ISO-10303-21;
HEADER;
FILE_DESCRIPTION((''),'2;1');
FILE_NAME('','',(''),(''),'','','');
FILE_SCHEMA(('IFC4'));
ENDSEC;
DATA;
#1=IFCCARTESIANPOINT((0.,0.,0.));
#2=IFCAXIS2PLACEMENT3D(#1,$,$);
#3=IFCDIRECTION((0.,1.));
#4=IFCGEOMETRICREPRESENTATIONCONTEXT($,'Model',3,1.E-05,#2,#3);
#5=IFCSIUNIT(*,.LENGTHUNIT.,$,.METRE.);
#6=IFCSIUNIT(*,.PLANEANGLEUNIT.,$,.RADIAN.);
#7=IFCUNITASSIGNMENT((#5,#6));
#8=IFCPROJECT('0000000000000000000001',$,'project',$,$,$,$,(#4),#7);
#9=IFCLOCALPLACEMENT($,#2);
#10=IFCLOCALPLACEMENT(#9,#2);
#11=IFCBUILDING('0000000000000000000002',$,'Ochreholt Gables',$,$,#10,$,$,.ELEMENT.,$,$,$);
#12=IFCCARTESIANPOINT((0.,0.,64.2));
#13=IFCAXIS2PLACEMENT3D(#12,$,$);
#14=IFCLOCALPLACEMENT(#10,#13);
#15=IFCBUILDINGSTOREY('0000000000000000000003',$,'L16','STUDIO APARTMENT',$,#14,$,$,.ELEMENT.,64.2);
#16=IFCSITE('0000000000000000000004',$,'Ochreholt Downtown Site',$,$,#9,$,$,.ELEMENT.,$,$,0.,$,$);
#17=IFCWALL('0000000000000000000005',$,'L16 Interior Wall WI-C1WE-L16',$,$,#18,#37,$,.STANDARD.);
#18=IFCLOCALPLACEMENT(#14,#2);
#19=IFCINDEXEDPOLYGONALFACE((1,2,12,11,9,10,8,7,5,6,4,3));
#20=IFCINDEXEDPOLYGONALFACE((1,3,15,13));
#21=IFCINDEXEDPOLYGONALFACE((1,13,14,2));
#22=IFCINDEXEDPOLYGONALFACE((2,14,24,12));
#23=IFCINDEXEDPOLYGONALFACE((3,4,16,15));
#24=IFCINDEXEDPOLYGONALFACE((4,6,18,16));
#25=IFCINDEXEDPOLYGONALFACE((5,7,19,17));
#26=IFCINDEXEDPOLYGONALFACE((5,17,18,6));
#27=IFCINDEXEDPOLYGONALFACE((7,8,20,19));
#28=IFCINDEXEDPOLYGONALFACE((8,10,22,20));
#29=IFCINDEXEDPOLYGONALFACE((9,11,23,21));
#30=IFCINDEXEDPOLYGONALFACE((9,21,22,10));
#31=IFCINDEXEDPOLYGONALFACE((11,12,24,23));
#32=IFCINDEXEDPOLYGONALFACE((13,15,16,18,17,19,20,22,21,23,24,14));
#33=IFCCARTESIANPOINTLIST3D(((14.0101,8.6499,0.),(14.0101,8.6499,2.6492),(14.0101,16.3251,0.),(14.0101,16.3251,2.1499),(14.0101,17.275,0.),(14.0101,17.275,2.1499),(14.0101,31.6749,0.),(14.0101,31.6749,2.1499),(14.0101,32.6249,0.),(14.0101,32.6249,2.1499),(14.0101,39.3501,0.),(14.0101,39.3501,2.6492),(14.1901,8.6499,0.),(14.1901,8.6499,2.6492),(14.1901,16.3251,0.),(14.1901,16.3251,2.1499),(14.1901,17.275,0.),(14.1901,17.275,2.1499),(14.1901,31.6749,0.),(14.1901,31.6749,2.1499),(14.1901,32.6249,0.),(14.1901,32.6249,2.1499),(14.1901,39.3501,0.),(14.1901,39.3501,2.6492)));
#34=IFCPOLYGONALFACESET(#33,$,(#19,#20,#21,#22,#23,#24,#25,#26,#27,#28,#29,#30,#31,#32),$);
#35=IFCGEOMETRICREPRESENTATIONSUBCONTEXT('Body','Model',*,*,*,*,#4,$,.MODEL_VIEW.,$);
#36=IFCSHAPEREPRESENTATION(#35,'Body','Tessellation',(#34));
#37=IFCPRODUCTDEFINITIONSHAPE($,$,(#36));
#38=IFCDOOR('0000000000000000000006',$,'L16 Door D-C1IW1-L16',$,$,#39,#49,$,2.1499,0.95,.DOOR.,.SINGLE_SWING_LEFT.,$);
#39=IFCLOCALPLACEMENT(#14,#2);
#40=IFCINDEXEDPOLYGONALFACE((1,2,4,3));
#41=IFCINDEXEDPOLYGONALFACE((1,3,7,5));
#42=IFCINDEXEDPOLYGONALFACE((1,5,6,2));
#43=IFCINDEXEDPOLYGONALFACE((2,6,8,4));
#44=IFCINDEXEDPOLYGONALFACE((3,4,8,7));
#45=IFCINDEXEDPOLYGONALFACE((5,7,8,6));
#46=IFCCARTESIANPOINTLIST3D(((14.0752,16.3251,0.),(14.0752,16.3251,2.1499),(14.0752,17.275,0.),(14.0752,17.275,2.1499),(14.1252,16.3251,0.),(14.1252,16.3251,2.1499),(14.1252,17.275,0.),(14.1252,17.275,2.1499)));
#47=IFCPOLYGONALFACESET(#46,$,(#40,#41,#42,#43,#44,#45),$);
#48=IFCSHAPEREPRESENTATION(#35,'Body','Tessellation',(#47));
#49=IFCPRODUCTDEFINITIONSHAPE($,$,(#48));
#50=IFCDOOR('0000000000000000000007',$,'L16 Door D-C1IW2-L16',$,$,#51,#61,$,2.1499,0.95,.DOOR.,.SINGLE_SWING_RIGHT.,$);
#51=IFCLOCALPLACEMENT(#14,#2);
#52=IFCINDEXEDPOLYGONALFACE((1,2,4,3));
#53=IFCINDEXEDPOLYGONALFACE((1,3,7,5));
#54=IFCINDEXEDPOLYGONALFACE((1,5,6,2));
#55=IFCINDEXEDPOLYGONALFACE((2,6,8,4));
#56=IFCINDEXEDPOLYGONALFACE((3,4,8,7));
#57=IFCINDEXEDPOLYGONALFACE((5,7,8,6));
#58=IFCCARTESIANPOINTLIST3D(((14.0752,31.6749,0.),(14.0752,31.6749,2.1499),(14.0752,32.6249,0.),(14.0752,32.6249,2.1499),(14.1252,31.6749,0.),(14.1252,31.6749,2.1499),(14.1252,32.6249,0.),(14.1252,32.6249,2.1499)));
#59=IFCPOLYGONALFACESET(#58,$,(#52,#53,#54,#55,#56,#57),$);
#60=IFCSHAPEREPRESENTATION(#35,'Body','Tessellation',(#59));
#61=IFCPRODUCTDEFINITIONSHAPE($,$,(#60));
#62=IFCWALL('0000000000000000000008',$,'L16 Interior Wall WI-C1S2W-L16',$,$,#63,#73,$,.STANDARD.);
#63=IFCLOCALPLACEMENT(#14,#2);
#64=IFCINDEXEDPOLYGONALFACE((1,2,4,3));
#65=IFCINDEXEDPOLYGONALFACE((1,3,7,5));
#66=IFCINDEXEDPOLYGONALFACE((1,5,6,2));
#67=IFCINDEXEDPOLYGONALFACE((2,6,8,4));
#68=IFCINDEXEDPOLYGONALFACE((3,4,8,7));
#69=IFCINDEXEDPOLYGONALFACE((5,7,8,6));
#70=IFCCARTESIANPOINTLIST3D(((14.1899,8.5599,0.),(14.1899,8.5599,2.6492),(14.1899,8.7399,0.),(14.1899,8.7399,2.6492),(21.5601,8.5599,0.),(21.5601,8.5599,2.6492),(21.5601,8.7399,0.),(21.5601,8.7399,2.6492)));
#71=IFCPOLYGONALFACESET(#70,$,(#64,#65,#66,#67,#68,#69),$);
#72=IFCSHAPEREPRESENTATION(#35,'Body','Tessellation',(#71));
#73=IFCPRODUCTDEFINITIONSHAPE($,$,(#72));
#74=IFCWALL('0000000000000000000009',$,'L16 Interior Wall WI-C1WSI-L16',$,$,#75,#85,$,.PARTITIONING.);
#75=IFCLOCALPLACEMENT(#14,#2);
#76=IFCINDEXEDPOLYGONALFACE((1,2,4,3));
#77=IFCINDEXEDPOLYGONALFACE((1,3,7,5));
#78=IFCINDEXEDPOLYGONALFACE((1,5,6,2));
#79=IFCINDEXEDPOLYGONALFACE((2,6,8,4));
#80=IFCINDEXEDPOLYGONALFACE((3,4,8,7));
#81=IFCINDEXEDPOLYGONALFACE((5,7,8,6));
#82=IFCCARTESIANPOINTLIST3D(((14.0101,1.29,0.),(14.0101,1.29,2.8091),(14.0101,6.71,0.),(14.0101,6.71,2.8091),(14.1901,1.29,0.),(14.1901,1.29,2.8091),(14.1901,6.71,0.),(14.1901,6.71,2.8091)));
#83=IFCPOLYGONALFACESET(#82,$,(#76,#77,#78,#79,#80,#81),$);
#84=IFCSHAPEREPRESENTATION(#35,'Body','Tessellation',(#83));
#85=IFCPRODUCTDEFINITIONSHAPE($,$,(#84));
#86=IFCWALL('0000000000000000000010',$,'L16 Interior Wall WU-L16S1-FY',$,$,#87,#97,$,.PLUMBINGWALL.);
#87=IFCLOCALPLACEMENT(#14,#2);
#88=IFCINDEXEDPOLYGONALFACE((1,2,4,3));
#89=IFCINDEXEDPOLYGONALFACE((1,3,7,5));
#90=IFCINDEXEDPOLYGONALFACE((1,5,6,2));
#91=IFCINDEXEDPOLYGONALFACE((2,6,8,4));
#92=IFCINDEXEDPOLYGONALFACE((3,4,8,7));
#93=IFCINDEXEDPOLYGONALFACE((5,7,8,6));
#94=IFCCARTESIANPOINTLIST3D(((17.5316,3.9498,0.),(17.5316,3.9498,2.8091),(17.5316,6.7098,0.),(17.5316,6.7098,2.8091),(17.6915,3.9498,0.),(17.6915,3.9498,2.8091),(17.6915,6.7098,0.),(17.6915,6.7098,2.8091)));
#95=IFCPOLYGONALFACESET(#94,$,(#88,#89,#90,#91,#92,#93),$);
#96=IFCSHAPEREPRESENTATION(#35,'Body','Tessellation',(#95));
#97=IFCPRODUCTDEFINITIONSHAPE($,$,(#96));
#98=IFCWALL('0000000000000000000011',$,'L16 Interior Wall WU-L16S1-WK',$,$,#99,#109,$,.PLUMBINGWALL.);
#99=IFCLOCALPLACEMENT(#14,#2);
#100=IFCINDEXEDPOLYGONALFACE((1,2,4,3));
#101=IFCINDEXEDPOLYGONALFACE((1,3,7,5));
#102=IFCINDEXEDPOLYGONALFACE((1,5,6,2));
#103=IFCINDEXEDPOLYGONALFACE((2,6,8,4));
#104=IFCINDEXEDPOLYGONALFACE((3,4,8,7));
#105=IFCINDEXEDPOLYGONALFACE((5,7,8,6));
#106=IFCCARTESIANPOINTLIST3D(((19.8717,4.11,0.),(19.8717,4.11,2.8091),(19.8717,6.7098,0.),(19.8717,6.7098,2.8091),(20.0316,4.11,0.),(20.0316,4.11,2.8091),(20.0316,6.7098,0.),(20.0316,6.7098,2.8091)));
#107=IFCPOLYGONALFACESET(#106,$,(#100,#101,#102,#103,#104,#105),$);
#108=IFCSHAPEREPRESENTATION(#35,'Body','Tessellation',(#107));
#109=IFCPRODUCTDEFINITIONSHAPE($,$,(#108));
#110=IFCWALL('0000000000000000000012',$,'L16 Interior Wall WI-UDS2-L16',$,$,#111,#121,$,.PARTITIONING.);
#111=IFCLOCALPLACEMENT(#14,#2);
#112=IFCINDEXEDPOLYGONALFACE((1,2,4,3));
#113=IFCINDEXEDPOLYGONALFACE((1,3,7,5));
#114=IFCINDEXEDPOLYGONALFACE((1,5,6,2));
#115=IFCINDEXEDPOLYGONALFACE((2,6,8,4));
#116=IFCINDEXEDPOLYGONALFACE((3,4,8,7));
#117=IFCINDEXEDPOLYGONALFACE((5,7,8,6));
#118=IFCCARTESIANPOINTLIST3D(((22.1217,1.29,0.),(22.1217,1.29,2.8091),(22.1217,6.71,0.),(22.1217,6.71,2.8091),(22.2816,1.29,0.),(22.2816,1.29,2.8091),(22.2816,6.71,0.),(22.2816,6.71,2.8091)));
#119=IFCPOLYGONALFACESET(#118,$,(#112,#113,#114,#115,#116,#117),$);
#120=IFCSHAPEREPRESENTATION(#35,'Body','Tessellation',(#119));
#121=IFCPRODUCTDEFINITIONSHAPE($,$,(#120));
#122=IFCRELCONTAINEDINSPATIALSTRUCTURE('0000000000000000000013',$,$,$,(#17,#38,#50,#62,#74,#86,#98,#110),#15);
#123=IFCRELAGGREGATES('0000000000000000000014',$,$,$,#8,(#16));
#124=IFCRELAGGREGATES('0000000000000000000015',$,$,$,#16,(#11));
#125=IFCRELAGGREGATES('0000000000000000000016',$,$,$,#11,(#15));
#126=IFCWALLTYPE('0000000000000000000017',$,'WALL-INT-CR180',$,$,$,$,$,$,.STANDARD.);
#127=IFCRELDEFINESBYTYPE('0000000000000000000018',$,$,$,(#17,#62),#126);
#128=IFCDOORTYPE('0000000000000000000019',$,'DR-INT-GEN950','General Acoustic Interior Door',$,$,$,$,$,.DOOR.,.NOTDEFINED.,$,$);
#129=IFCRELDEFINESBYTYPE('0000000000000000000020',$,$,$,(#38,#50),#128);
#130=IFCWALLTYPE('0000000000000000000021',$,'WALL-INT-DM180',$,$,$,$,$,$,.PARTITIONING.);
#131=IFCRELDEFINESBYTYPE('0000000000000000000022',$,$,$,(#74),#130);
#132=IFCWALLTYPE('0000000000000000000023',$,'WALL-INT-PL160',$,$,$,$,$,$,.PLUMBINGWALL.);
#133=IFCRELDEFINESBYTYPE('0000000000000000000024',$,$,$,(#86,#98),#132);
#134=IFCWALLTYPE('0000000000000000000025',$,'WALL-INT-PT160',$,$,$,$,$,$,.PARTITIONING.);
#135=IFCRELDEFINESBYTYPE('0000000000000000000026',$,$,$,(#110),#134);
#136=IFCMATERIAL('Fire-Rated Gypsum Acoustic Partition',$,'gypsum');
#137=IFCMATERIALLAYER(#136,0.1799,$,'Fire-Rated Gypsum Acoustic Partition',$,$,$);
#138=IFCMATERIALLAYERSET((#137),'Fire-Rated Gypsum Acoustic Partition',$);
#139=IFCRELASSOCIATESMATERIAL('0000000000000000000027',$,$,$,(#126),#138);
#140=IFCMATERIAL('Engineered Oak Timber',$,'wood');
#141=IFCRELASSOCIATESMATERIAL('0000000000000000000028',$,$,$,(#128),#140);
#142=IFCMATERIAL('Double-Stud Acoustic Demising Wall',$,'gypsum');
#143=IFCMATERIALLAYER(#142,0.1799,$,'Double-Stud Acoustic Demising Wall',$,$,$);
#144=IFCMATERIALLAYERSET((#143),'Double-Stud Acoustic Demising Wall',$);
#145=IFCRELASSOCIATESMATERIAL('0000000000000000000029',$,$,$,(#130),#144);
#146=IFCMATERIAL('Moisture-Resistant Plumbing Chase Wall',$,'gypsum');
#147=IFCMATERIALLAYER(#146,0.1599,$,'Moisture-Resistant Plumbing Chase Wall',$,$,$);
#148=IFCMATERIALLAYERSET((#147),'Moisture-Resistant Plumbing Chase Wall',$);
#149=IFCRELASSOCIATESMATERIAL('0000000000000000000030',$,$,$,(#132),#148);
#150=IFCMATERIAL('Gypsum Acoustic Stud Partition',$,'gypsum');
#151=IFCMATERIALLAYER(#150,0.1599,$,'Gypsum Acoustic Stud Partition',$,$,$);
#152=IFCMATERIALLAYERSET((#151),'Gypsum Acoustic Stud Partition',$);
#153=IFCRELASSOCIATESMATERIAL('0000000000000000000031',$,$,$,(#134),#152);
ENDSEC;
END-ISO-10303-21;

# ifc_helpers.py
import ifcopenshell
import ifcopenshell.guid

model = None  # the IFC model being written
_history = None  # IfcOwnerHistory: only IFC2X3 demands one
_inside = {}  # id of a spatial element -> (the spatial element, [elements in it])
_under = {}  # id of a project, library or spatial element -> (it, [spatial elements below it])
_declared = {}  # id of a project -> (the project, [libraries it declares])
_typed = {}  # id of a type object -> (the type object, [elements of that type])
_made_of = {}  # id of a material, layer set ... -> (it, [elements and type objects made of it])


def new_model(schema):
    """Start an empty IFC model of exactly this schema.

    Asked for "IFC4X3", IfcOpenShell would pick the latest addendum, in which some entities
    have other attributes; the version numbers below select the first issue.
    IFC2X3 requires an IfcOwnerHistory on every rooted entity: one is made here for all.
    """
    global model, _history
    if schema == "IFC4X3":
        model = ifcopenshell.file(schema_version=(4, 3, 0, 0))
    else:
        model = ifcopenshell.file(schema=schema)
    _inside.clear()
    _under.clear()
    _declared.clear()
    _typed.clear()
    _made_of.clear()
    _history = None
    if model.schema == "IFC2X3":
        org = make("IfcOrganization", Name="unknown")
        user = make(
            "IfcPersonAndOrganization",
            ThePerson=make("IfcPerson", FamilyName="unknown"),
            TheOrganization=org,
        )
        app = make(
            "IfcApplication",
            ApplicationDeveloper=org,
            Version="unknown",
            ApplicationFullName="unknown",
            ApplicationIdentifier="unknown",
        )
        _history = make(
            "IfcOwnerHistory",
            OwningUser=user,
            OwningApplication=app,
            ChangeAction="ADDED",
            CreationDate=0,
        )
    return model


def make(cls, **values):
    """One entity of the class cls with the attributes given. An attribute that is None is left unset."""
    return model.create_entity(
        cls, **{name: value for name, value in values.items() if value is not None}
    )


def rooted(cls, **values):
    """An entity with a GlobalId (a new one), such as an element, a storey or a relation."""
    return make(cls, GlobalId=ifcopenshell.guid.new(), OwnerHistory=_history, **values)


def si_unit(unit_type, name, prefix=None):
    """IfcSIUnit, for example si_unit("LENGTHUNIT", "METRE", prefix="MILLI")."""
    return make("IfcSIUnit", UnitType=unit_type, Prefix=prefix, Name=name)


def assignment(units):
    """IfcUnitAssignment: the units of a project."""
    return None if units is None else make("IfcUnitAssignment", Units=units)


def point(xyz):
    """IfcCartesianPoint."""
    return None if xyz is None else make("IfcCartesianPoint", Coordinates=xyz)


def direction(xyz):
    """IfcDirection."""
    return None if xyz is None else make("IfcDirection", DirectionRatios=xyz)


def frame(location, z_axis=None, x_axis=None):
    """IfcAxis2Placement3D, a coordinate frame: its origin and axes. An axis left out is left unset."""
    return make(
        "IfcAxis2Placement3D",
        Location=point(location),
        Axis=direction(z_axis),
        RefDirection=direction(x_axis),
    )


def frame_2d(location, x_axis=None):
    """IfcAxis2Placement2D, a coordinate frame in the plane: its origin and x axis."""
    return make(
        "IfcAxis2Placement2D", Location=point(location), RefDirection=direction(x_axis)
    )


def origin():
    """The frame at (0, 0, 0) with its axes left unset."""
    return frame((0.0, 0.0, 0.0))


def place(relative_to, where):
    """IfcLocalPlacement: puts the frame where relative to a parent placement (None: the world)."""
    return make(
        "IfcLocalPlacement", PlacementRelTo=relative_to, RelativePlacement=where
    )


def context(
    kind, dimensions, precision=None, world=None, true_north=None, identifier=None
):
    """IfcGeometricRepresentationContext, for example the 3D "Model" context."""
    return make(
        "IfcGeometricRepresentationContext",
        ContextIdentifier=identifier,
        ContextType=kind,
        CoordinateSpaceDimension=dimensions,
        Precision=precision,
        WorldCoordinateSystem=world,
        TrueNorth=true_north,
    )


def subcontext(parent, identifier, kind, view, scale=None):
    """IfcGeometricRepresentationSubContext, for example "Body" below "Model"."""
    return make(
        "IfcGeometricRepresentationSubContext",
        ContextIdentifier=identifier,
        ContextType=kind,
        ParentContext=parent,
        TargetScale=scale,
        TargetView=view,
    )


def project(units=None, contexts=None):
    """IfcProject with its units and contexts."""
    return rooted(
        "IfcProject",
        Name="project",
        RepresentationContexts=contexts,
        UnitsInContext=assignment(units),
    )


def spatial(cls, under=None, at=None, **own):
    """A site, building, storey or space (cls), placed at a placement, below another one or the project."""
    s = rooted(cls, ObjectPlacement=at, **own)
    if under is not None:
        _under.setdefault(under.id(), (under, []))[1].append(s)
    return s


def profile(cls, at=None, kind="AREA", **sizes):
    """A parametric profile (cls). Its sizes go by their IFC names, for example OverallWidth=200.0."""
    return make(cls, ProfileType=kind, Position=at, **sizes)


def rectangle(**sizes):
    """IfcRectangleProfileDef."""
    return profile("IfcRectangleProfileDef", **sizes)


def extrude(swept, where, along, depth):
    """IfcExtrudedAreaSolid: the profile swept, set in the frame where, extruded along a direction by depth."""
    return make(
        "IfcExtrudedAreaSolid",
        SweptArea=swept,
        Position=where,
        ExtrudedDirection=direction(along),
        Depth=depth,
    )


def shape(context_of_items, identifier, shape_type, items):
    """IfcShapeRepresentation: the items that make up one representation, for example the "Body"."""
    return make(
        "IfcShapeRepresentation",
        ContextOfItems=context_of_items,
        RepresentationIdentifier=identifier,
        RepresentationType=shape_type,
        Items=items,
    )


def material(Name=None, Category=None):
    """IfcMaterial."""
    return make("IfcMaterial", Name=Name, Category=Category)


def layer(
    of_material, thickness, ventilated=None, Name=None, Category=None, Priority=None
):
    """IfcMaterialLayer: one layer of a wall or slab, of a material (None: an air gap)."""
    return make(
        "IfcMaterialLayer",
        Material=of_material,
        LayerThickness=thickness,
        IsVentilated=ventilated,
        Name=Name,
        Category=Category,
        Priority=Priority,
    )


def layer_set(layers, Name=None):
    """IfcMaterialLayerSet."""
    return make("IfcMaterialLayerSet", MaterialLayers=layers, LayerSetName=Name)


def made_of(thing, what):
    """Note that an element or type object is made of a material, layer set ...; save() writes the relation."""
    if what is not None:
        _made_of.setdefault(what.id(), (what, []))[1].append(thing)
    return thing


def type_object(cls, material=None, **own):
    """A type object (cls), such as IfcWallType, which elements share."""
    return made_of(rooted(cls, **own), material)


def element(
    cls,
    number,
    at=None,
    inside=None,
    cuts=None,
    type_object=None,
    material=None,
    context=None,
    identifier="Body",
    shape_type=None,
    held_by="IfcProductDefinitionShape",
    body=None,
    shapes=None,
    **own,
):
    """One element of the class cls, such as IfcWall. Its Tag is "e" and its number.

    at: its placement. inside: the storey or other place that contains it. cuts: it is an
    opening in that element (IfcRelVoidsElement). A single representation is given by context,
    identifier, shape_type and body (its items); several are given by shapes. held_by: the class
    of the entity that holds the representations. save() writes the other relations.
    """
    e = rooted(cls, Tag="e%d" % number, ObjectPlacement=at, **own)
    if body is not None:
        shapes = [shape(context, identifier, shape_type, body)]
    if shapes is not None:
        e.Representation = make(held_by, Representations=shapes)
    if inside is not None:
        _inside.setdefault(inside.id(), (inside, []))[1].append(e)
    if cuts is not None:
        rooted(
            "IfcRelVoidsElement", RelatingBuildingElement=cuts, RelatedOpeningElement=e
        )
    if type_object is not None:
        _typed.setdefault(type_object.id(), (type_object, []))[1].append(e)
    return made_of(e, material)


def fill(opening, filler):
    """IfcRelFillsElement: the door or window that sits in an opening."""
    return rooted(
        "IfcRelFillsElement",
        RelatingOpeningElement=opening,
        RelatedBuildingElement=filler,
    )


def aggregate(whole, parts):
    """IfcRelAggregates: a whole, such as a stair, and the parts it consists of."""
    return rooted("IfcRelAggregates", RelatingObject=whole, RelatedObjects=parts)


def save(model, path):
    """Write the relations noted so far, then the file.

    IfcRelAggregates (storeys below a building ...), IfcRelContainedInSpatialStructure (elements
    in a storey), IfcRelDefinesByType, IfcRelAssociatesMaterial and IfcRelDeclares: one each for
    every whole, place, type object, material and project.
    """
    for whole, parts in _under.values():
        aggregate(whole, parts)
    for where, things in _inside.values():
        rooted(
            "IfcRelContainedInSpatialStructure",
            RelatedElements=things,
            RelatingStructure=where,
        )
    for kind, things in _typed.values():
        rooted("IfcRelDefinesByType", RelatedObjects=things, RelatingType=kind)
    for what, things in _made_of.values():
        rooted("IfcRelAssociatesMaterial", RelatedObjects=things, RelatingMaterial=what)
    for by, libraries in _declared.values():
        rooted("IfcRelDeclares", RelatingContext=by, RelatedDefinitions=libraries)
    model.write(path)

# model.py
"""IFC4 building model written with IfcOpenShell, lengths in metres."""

from ifc_helpers import new_model, si_unit, direction, frame, frame_2d, origin, place, context, subcontext, project, spatial, rectangle, extrude, material, layer, layer_set, type_object, element, fill, save


model = new_model("IFC4")

# Units and contexts
model_context = context("Model", 3, precision=1e-05, world=origin(), true_north=direction((0.0, 1.0)))
body_context = subcontext(model_context, "Body", "Model", "MODEL_VIEW")
ifc_project = project(units=[si_unit("LENGTHUNIT", "METRE"), si_unit("PLANEANGLEUNIT", "RADIAN")], contexts=[model_context])

# Site, building, storey
site_placement = place(None, origin())
site = spatial("IfcSite", under=ifc_project, at=site_placement, Name="Ochreholt Downtown Site", CompositionType="ELEMENT", RefElevation=0.0)
building_placement = place(site_placement, origin())
building = spatial("IfcBuilding", under=site, at=building_placement, Name="Ochreholt Gables", CompositionType="ELEMENT")
storey_placement = place(building_placement, frame((0.0, 0.0, 64.2)))
storey = spatial("IfcBuildingStorey", under=building, at=storey_placement, Name="L16", Description="STUDIO APARTMENT", CompositionType="ELEMENT", Elevation=64.2)

# Shared definitions
ifc_material_1 = material(Name="Fire-Rated Gypsum Acoustic Partition", Category="gypsum")
ifc_layer_1 = layer(ifc_material_1, 0.1799, Name="Fire-Rated Gypsum Acoustic Partition")
ifc_layer_set_1 = layer_set([ifc_layer_1], Name="Fire-Rated Gypsum Acoustic Partition")
wall_type_1 = type_object("IfcWallType", Name="WALL-INT-CR180", PredefinedType="STANDARD", material=ifc_layer_set_1)

# Shared definitions
ifc_material_2 = material(Name="Engineered Oak Timber", Category="wood")
door_type_1 = type_object("IfcDoorType", Name="DR-INT-GEN950", Description="General Acoustic Interior Door", OperationType="NOTDEFINED", PredefinedType="DOOR", material=ifc_material_2)

# Wall, openings, doors
wall_1_placement = place(storey_placement, frame((14.1001, 8.6499, 0.0), z_axis=(0.0, 0.0, 1.0), x_axis=(0.0, 1.0, 0.0)))
wall_1 = element("IfcWall", 1, at=wall_1_placement, inside=storey, type_object=wall_type_1, Name="L16 Interior Wall WI-C1WE-L16", PredefinedType="STANDARD", context=body_context, shape_type="SweptSolid", body=[
    extrude(rectangle(XDim=30.7002, YDim=0.1799, at=frame_2d((15.3501, 0.0))), origin(), (0.0, 0.0, 1.0), 2.6492),
])
opening_1_placement = place(wall_1_placement, frame((7.675, 0.0, 0.0)))
opening_1 = element("IfcOpeningElement", 2, at=opening_1_placement, cuts=wall_1, PredefinedType="OPENING", context=body_context, shape_type="SweptSolid", body=[
    extrude(rectangle(XDim=0.95, YDim=2.1499, at=frame_2d((0.4751, 1.075))), frame((0.0, 0.0999, 0.0), z_axis=(0.0, -1.0, 0.0), x_axis=(1.0, 0.0, 0.0)), (0.0, 0.0, 1.0), 0.2),
])
opening_2_placement = place(wall_1_placement, frame((23.0249, 0.0, 0.0)))
opening_2 = element("IfcOpeningElement", 3, at=opening_2_placement, cuts=wall_1, PredefinedType="OPENING", context=body_context, shape_type="SweptSolid", body=[
    extrude(rectangle(XDim=0.95, YDim=2.1499, at=frame_2d((0.4751, 1.075))), frame((0.0, 0.0999, 0.0), z_axis=(0.0, -1.0, 0.0), x_axis=(1.0, 0.0, 0.0)), (0.0, 0.0, 1.0), 0.2),
])
door_1_placement = place(opening_1_placement, origin())
door_1 = element("IfcDoor", 4, at=door_1_placement, inside=storey, type_object=door_type_1, Name="L16 Door D-C1IW1-L16", OperationType="SINGLE_SWING_LEFT", OverallHeight=2.1499, OverallWidth=0.95, PredefinedType="DOOR", context=body_context, shape_type="SweptSolid", body=[
    extrude(rectangle(XDim=0.95, YDim=2.1499, at=frame_2d((0.4751, 1.075))), frame((0.0, 0.0249, 0.0), z_axis=(0.0, -1.0, 0.0), x_axis=(1.0, 0.0, 0.0)), (0.0, 0.0, 1.0), 0.05),
])
fill(opening_1, door_1)
door_2_placement = place(opening_2_placement, origin())
door_2 = element("IfcDoor", 5, at=door_2_placement, inside=storey, type_object=door_type_1, Name="L16 Door D-C1IW2-L16", OperationType="SINGLE_SWING_RIGHT", OverallHeight=2.1499, OverallWidth=0.95, PredefinedType="DOOR", context=body_context, shape_type="SweptSolid", body=[
    extrude(rectangle(XDim=0.95, YDim=2.1499, at=frame_2d((0.4751, 1.075))), frame((0.0, 0.0249, 0.0), z_axis=(0.0, -1.0, 0.0), x_axis=(1.0, 0.0, 0.0)), (0.0, 0.0, 1.0), 0.05),
])
fill(opening_2, door_2)

# Walls
wall_2_placement = place(storey_placement, frame((14.1899, 8.6499, 0.0), z_axis=(0.0, 0.0, 1.0), x_axis=(1.0, 0.0, 0.0)))
element("IfcWall", 6, at=wall_2_placement, inside=storey, type_object=wall_type_1, Name="L16 Interior Wall WI-C1S2W-L16", PredefinedType="STANDARD", context=body_context, shape_type="SweptSolid", body=[
    extrude(rectangle(XDim=7.3701, YDim=0.1799, at=frame_2d((3.6851, 0.0))), origin(), (0.0, 0.0, 1.0), 2.6492),
])
ifc_material_3 = material(Name="Double-Stud Acoustic Demising Wall", Category="gypsum")
ifc_layer_2 = layer(ifc_material_3, 0.1799, Name="Double-Stud Acoustic Demising Wall")
ifc_layer_set_2 = layer_set([ifc_layer_2], Name="Double-Stud Acoustic Demising Wall")
wall_type_2 = type_object("IfcWallType", Name="WALL-INT-DM180", PredefinedType="PARTITIONING", material=ifc_layer_set_2)
wall_3_placement = place(storey_placement, frame((14.1001, 1.29, 0.0), z_axis=(0.0, 0.0, 1.0), x_axis=(0.0, 1.0, 0.0)))
element("IfcWall", 7, at=wall_3_placement, inside=storey, type_object=wall_type_2, Name="L16 Interior Wall WI-C1WSI-L16", PredefinedType="PARTITIONING", context=body_context, shape_type="SweptSolid", body=[
    extrude(rectangle(XDim=5.4199, YDim=0.1799, at=frame_2d((2.71, 0.0))), origin(), (0.0, 0.0, 1.0), 2.8091),
])

# Shared definitions
ifc_material_4 = material(Name="Moisture-Resistant Plumbing Chase Wall", Category="gypsum")
ifc_layer_3 = layer(ifc_material_4, 0.1599, Name="Moisture-Resistant Plumbing Chase Wall")
ifc_layer_set_3 = layer_set([ifc_layer_3], Name="Moisture-Resistant Plumbing Chase Wall")
wall_type_3 = type_object("IfcWallType", Name="WALL-INT-PL160", PredefinedType="PLUMBINGWALL", material=ifc_layer_set_3)

# Walls
wall_4_placement = place(storey_placement, frame((17.6116, 3.95, 0.0), z_axis=(0.0, 0.0, 1.0), x_axis=(0.0, 1.0, 0.0)))
element("IfcWall", 8, at=wall_4_placement, inside=storey, type_object=wall_type_3, Name="L16 Interior Wall WU-L16S1-FY", PredefinedType="PLUMBINGWALL", context=body_context, shape_type="SweptSolid", body=[
    extrude(rectangle(XDim=2.76, YDim=0.1599, at=frame_2d((1.3799, 0.0))), origin(), (0.0, 0.0, 1.0), 2.8091),
])
wall_5_placement = place(storey_placement, frame((19.9517, 4.1101, 0.0), z_axis=(0.0, 0.0, 1.0), x_axis=(0.0, 1.0, 0.0)))
element("IfcWall", 9, at=wall_5_placement, inside=storey, type_object=wall_type_3, Name="L16 Interior Wall WU-L16S1-WK", PredefinedType="PLUMBINGWALL", context=body_context, shape_type="SweptSolid", body=[
    extrude(rectangle(XDim=2.5999, YDim=0.1599, at=frame_2d((1.2998, 0.0))), origin(), (0.0, 0.0, 1.0), 2.8091),
])
ifc_material_5 = material(Name="Gypsum Acoustic Stud Partition", Category="gypsum")
ifc_layer_4 = layer(ifc_material_5, 0.1599, Name="Gypsum Acoustic Stud Partition")
ifc_layer_set_4 = layer_set([ifc_layer_4], Name="Gypsum Acoustic Stud Partition")
wall_type_4 = type_object("IfcWallType", Name="WALL-INT-PT160", PredefinedType="PARTITIONING", material=ifc_layer_set_4)
wall_6_placement = place(storey_placement, frame((22.2017, 1.29, 0.0), z_axis=(0.0, 0.0, 1.0), x_axis=(0.0, 1.0, 0.0)))
element("IfcWall", 10, at=wall_6_placement, inside=storey, type_object=wall_type_4, Name="L16 Interior Wall WI-UDS2-L16", PredefinedType="PARTITIONING", context=body_context, shape_type="SweptSolid", body=[
    extrude(rectangle(XDim=5.4199, YDim=0.1599, at=frame_2d((2.71, 0.0))), origin(), (0.0, 0.0, 1.0), 2.8091),
])

save(model, "model.ifc")
